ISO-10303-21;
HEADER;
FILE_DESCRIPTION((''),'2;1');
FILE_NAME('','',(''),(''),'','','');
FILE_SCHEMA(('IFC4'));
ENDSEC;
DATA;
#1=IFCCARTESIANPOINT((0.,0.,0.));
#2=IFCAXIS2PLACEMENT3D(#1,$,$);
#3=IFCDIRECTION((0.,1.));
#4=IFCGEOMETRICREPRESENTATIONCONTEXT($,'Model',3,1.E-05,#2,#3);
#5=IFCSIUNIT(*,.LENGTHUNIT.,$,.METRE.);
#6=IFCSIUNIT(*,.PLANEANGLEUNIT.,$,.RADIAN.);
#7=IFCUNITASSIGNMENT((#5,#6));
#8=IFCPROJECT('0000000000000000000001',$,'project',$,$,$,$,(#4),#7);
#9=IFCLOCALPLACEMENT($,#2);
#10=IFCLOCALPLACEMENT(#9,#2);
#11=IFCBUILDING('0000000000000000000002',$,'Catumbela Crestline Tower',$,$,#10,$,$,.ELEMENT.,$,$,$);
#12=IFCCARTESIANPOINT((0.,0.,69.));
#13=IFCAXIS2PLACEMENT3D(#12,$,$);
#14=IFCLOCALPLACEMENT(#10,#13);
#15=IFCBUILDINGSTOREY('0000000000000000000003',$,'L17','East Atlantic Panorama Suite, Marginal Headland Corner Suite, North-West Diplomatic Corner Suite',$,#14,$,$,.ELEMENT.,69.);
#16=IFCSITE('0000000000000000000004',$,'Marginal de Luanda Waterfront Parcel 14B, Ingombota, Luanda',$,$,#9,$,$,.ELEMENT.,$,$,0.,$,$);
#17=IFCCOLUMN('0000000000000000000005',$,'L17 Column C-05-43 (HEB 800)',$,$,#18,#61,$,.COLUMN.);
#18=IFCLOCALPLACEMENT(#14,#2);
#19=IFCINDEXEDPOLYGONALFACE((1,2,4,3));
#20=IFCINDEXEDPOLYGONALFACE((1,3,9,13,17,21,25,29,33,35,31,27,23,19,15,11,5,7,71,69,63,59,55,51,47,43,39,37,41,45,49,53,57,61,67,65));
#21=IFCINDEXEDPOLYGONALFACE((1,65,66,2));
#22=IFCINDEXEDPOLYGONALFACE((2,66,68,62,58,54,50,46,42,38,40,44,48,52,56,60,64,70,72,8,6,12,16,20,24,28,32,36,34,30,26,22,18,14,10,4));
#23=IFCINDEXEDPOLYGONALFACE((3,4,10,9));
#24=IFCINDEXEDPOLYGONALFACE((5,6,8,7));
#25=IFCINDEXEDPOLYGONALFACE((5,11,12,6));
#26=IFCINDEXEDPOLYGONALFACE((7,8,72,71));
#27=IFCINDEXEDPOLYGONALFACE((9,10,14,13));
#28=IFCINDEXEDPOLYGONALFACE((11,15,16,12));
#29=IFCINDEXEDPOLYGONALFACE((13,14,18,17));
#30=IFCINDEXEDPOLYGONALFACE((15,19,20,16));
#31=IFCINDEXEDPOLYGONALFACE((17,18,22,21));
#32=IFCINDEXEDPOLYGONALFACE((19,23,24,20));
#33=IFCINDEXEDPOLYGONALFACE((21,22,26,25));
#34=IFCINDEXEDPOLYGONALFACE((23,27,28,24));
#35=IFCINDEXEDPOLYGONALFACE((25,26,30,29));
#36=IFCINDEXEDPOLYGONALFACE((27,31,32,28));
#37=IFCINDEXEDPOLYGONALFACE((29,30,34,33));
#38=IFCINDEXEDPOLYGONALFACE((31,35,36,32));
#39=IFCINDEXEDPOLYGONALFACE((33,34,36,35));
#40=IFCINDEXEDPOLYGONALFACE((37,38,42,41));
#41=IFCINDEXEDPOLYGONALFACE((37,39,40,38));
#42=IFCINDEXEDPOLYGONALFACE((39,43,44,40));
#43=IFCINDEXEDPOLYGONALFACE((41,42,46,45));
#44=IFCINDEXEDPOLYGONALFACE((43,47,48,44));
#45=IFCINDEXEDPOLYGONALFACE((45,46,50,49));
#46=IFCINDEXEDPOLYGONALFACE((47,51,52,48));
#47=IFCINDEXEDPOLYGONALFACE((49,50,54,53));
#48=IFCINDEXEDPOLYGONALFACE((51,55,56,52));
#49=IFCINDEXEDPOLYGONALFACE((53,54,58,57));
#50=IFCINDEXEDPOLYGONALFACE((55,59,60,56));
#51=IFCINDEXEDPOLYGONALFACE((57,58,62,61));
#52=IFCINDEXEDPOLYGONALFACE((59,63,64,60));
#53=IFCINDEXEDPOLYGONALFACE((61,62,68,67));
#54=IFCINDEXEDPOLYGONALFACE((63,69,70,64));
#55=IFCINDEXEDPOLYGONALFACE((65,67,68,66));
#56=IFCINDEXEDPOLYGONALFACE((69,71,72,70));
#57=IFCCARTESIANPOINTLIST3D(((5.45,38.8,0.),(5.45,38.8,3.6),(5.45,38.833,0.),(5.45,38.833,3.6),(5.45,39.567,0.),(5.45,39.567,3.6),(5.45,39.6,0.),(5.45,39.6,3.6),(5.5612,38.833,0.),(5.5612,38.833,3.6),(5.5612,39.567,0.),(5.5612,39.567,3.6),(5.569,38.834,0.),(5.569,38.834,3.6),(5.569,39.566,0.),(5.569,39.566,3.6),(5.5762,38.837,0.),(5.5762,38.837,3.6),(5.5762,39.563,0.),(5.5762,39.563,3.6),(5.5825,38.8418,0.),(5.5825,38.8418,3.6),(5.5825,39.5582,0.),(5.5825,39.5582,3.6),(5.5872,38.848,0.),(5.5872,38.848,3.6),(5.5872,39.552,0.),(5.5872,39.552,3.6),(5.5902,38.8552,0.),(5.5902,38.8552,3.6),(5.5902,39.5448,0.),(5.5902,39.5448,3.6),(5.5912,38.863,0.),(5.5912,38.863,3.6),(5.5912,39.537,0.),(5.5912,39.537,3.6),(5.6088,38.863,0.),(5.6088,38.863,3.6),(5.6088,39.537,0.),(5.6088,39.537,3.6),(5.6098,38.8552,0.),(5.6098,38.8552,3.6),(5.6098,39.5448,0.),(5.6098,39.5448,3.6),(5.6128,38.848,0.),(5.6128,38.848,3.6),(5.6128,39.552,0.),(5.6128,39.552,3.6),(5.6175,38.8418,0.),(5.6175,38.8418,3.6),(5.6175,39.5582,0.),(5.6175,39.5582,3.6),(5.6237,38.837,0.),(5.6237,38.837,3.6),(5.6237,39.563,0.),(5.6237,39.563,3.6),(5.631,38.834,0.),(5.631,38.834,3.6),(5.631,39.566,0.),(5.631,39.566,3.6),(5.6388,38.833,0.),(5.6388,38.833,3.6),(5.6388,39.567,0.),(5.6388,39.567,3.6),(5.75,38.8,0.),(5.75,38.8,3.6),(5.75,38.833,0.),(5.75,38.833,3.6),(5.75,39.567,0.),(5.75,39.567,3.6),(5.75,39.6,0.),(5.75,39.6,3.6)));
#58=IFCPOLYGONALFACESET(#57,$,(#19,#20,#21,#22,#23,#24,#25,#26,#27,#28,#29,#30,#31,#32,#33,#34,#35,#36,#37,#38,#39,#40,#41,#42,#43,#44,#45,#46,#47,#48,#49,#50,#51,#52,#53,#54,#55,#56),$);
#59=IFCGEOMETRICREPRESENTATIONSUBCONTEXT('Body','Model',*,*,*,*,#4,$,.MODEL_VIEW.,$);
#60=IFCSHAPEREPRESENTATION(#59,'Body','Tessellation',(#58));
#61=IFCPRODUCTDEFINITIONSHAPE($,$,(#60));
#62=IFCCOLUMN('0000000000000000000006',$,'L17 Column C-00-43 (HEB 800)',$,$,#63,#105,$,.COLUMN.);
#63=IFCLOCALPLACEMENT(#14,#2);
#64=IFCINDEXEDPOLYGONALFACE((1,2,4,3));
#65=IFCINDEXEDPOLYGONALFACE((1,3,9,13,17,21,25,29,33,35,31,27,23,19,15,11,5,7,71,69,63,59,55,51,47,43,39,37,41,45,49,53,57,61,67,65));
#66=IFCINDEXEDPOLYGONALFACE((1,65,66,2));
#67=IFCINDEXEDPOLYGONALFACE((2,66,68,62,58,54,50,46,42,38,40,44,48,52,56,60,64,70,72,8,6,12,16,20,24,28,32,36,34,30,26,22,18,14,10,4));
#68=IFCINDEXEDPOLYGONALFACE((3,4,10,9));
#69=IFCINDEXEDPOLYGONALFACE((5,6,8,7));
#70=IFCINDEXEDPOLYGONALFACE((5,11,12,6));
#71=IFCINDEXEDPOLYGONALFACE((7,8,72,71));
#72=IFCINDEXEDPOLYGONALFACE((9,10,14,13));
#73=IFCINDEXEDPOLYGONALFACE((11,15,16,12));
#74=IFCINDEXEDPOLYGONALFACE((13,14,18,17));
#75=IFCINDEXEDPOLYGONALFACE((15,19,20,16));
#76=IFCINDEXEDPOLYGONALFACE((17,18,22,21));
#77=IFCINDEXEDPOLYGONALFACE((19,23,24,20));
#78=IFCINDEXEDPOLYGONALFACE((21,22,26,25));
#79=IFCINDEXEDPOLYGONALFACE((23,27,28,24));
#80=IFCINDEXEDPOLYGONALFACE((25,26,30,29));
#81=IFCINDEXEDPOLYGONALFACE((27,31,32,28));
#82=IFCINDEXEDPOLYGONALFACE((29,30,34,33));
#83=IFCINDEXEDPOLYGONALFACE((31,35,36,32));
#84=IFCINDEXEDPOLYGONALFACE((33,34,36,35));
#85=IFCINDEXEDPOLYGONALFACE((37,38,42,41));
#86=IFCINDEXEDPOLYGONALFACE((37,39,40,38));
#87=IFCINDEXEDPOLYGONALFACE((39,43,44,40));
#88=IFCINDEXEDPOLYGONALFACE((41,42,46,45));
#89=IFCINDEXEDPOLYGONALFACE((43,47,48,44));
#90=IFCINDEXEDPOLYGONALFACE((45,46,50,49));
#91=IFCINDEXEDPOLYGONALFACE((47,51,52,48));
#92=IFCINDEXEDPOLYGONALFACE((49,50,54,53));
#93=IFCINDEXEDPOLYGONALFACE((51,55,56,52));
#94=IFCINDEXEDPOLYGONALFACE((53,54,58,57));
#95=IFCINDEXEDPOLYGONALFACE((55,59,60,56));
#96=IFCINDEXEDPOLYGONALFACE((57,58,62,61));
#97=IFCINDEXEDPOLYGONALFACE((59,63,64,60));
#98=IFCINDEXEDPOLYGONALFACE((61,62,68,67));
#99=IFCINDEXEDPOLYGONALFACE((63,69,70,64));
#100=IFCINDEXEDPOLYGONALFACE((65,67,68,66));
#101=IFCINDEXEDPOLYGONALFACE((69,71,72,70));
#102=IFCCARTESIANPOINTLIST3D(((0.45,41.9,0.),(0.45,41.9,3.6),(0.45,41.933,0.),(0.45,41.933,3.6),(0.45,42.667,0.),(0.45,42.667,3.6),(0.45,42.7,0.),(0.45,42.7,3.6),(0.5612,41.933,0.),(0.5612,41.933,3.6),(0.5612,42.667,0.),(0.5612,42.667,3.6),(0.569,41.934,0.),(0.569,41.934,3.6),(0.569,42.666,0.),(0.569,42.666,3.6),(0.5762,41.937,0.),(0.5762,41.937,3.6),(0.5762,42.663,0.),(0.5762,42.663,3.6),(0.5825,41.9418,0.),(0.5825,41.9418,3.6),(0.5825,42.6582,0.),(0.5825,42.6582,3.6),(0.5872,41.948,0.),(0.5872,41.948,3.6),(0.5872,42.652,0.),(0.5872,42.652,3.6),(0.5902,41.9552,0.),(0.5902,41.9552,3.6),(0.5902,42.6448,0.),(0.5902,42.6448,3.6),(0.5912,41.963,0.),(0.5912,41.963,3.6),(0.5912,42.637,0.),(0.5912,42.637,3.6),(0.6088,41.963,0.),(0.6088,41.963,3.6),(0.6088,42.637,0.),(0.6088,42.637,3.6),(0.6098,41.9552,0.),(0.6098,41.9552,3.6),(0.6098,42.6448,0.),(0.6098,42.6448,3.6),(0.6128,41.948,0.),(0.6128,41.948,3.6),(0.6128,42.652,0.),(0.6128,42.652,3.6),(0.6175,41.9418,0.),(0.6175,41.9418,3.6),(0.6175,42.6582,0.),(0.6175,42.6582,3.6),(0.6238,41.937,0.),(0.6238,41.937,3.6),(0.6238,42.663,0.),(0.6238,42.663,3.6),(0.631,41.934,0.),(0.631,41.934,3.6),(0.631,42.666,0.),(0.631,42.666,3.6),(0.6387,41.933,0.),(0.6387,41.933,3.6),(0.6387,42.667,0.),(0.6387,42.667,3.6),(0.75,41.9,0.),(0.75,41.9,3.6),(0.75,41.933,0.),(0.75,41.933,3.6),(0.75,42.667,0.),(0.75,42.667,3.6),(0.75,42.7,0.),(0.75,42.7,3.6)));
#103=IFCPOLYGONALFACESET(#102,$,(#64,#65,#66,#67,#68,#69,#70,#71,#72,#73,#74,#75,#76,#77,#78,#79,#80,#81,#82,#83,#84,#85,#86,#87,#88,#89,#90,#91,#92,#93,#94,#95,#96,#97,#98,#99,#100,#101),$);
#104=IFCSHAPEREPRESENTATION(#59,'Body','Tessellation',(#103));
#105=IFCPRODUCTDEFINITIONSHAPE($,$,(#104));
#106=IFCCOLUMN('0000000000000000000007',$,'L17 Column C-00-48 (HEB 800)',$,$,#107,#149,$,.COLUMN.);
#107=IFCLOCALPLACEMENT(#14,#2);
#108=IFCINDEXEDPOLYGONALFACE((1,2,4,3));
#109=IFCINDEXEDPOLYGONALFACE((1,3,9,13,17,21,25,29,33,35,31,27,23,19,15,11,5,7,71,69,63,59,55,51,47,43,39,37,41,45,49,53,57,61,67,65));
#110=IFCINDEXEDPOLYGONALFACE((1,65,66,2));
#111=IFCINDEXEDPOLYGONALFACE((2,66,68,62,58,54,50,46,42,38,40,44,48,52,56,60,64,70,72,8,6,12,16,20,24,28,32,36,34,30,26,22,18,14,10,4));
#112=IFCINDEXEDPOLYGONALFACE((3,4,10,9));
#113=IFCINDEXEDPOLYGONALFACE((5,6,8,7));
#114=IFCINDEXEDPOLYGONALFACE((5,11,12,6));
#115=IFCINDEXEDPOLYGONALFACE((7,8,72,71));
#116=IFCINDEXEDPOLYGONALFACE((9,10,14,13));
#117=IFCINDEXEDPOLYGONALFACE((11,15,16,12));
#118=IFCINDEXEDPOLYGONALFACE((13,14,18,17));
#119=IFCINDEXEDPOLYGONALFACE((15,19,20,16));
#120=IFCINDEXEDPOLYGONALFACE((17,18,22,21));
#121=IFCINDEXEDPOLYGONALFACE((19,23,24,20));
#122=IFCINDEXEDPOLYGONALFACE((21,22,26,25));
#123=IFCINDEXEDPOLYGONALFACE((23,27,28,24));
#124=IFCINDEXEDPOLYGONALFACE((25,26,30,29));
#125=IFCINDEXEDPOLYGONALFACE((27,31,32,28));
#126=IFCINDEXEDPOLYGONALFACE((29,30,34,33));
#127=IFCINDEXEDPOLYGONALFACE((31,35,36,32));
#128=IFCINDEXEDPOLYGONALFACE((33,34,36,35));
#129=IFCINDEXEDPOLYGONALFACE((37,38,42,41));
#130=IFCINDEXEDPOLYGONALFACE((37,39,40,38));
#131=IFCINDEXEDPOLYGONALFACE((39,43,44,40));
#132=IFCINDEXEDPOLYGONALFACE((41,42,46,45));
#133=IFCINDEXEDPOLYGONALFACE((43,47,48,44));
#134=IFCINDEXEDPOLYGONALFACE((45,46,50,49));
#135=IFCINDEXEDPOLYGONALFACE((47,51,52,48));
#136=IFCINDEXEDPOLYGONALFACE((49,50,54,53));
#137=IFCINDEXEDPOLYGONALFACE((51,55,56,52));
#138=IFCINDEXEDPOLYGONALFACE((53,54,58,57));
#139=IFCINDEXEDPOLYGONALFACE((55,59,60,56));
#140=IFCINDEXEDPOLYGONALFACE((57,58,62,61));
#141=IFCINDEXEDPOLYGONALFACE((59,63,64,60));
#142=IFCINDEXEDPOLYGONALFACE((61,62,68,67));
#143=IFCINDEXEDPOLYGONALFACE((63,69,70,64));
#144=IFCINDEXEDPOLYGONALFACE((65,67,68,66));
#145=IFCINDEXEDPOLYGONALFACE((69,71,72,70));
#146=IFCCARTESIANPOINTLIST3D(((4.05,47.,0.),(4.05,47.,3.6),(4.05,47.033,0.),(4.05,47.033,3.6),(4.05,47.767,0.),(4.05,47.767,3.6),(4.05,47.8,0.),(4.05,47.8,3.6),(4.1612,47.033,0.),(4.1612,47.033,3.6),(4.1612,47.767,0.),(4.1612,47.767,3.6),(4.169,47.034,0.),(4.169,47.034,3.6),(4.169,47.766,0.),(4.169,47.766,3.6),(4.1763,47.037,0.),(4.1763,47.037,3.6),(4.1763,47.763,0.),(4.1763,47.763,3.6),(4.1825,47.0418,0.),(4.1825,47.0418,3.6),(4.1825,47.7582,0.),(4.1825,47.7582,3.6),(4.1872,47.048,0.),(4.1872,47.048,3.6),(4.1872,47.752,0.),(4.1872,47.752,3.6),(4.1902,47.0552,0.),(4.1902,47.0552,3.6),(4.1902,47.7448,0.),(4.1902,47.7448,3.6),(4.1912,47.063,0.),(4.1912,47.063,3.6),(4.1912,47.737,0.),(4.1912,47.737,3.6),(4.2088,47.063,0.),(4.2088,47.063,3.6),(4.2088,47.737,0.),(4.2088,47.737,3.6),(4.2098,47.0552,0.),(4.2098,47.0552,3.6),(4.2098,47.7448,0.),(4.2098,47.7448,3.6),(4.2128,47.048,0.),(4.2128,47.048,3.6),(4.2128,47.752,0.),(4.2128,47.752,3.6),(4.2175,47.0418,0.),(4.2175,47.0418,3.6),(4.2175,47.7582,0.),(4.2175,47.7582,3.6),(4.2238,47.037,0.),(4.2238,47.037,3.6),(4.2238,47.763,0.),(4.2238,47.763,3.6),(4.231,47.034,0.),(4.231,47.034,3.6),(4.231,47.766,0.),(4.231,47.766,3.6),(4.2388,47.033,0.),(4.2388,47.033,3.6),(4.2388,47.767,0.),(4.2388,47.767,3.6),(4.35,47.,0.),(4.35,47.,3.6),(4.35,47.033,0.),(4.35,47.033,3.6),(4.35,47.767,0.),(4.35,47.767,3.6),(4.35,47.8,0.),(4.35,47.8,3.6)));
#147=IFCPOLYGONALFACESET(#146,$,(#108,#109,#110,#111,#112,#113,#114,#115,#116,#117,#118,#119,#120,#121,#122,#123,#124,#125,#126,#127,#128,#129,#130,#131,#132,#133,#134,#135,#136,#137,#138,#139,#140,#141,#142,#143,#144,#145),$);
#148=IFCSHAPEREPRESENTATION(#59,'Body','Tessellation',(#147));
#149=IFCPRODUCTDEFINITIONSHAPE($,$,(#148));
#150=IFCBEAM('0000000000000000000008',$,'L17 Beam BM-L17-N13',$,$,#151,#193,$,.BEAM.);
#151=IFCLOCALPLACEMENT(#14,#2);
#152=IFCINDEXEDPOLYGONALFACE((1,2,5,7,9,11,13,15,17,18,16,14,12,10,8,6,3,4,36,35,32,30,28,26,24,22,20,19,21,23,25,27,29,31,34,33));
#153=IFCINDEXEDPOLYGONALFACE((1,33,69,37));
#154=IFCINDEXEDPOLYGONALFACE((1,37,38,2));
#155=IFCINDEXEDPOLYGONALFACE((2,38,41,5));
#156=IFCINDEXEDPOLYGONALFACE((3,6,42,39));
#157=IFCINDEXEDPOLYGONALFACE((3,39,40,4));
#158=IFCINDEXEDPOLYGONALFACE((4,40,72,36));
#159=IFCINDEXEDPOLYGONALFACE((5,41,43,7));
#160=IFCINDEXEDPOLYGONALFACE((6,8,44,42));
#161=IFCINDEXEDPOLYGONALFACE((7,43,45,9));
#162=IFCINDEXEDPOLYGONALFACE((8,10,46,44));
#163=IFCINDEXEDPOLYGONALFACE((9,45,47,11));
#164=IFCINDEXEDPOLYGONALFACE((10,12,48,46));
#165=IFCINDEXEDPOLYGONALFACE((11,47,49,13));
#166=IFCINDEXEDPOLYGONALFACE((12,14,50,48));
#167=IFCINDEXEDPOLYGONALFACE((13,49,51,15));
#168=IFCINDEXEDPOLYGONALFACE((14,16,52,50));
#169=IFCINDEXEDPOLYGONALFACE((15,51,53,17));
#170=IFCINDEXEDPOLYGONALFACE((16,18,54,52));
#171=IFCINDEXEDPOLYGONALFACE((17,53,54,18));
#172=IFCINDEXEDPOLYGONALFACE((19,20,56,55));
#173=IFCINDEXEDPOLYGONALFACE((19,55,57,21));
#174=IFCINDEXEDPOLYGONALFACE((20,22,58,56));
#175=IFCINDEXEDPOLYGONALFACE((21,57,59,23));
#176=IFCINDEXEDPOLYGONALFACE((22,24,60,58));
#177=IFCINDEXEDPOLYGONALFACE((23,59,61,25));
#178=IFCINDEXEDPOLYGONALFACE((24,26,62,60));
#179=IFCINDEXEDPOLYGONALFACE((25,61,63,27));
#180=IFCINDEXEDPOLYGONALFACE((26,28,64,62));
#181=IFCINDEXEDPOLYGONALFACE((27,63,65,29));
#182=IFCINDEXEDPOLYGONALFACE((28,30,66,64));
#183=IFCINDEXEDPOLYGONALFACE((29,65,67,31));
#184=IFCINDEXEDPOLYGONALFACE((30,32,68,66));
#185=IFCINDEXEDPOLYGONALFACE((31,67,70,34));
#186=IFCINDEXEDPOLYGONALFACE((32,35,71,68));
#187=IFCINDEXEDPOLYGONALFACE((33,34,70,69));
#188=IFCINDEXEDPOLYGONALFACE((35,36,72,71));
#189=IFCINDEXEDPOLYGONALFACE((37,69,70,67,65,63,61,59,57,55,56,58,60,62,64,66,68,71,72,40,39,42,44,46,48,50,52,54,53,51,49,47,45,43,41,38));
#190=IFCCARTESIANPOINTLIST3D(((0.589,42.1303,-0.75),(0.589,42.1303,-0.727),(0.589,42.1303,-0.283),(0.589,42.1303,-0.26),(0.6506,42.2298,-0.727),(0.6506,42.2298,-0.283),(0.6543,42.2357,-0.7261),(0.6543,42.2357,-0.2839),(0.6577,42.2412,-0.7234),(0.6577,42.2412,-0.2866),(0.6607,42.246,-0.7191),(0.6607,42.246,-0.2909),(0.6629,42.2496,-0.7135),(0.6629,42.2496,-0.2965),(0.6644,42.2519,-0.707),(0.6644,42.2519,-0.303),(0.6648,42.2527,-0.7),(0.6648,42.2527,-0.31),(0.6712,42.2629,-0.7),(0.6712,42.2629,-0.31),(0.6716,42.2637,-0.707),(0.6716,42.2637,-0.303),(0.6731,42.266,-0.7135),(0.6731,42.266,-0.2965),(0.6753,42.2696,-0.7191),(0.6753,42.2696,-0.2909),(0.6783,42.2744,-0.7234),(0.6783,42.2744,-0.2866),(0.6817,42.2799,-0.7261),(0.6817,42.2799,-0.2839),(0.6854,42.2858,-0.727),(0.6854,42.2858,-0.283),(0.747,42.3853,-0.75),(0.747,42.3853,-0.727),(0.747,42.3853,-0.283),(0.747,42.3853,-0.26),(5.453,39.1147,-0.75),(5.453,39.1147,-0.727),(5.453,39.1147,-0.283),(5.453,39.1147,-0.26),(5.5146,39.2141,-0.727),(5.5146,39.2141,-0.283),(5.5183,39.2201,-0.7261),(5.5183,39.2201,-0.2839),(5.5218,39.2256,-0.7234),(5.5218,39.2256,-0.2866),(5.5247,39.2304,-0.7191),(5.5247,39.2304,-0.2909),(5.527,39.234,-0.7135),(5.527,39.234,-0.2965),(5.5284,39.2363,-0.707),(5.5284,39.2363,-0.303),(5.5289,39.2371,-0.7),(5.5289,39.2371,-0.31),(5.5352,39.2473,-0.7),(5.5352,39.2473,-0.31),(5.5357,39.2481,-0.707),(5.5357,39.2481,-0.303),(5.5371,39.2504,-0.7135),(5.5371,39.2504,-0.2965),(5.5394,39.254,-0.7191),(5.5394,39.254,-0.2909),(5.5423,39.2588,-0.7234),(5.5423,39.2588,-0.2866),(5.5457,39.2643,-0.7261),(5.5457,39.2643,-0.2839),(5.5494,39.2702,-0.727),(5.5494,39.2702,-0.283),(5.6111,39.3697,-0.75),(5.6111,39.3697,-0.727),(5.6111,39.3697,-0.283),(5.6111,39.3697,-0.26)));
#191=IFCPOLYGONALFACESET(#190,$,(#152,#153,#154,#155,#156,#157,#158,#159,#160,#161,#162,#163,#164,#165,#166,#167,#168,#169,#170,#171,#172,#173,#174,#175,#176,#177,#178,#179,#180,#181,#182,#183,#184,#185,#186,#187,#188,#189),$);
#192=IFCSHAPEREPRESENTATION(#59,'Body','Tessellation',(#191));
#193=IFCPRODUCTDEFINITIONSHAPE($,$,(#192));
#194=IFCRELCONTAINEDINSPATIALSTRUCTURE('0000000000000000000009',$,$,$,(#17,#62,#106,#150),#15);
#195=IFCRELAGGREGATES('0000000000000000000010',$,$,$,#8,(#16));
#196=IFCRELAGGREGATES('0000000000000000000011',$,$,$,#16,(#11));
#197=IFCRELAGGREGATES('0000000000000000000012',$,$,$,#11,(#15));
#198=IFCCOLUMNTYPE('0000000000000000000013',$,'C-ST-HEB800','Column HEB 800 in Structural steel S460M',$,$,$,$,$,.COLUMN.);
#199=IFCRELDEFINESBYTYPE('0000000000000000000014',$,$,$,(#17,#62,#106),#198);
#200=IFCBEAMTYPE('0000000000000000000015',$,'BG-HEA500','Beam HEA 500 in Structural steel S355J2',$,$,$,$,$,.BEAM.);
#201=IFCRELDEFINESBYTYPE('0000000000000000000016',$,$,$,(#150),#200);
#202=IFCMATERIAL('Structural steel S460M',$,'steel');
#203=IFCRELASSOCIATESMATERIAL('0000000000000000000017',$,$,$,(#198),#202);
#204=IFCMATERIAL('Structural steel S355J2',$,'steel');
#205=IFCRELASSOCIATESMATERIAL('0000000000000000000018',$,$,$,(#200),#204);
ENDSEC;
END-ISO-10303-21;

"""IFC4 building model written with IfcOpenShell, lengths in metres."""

from ifc_helpers import new_model, si_unit, direction, frame, origin, origin_2d, place, context, subcontext, project, spatial, i_section, extrude, material, material_profile, profile_set, type_object, element, save


model = new_model("IFC4")

# Units and contexts
model_context = context("Model", 3, precision=1e-05, world=origin(), true_north=direction((0.0, 1.0)))
body_context = subcontext(model_context, "Body", "Model", "MODEL_VIEW")
ifc_project = project(units=[si_unit("LENGTHUNIT", "METRE"), si_unit("PLANEANGLEUNIT", "RADIAN")], contexts=[model_context])

# Site, building, storey
site_placement = place(None, origin())
site = spatial("IfcSite", under=ifc_project, at=site_placement, Name="Marginal de Luanda Waterfront Parcel 14B, Ingombota, Luanda", CompositionType="ELEMENT", RefElevation=0.0)
building_placement = place(site_placement, origin())
building = spatial("IfcBuilding", under=site, at=building_placement, Name="Catumbela Crestline Tower", CompositionType="ELEMENT")
storey_placement = place(building_placement, frame((0.0, 0.0, 69.0)))
storey = spatial("IfcBuildingStorey", under=building, at=storey_placement, Name="L17", Description="East Atlantic Panorama Suite, Marginal Headland Corner Suite, North-West Diplomatic Corner Suite", CompositionType="ELEMENT", Elevation=69.0)

# Columns
ifc_material_1 = material(Name="Structural steel S460M", Category="steel")
ifc_material_profile_1 = material_profile(ifc_material_1, i_section(OverallWidth=0.3, OverallDepth=0.8, WebThickness=0.0175, FlangeThickness=0.033, FilletRadius=0.03, at=origin_2d()), Name="HEB 800")
ifc_profile_set_1 = profile_set([ifc_material_profile_1], Name="Structural steel S460M")
column_type = type_object("IfcColumnType", Name="C-ST-HEB800", Description="Column HEB 800 in Structural steel S460M", PredefinedType="COLUMN", material=ifc_profile_set_1)
for number, where, z_axis, x_axis, name in (
    (1, (5.6, 39.2, 0.0), (0.0, 0.0, 1.0), (1.0, 0.0, 0.0), "L17 Column C-05-43 (HEB 800)"),
    (2, (0.6, 42.3, 0.0), (0.0, 0.0, 1.0), (1.0, 0.0, 0.0), "L17 Column C-00-43 (HEB 800)"),
    (3, (4.2, 47.4, 0.0), (0.0, 0.0, 1.0), (1.0, 0.0, 0.0), "L17 Column C-00-48 (HEB 800)"),
):
    element("IfcColumn", number, at=place(storey_placement, frame(where, z_axis=z_axis, x_axis=x_axis)), inside=storey, type_object=column_type, Name=name, PredefinedType="COLUMN", context=body_context, shape_type="SweptSolid", body=[
        extrude(i_section(OverallWidth=0.3, OverallDepth=0.8, WebThickness=0.0175, FlangeThickness=0.033, FilletRadius=0.03, at=origin_2d()), origin(), (0.0, 0.0, 1.0), 3.6),
    ])

# Beam
ifc_material_2 = material(Name="Structural steel S355J2", Category="steel")
ifc_material_profile_2 = material_profile(ifc_material_2, i_section(OverallWidth=0.3, OverallDepth=0.49, WebThickness=0.012, FlangeThickness=0.023, FilletRadius=0.027, at=origin_2d()), Name="HEA 500")
ifc_profile_set_2 = profile_set([ifc_material_profile_2], Name="Structural steel S355J2")
beam_type_1 = type_object("IfcBeamType", Name="BG-HEA500", Description="Beam HEA 500 in Structural steel S355J2", PredefinedType="BEAM", material=ifc_profile_set_2)
beam_1_placement = place(storey_placement, frame((0.668, 42.2578, -0.505), z_axis=(0.849909, -0.52693, 0.0), x_axis=(0.52693, 0.849909, 0.0)))
element("IfcBeam", 4, at=beam_1_placement, inside=storey, type_object=beam_type_1, Name="L17 Beam BM-L17-N13", PredefinedType="BEAM", context=body_context, shape_type="SweptSolid", body=[
    extrude(i_section(OverallWidth=0.3, OverallDepth=0.49, WebThickness=0.012, FlangeThickness=0.023, FilletRadius=0.027, at=origin_2d()), origin(), (0.0, 0.0, 1.0), 5.723),
])

save(model, "model.ifc")
